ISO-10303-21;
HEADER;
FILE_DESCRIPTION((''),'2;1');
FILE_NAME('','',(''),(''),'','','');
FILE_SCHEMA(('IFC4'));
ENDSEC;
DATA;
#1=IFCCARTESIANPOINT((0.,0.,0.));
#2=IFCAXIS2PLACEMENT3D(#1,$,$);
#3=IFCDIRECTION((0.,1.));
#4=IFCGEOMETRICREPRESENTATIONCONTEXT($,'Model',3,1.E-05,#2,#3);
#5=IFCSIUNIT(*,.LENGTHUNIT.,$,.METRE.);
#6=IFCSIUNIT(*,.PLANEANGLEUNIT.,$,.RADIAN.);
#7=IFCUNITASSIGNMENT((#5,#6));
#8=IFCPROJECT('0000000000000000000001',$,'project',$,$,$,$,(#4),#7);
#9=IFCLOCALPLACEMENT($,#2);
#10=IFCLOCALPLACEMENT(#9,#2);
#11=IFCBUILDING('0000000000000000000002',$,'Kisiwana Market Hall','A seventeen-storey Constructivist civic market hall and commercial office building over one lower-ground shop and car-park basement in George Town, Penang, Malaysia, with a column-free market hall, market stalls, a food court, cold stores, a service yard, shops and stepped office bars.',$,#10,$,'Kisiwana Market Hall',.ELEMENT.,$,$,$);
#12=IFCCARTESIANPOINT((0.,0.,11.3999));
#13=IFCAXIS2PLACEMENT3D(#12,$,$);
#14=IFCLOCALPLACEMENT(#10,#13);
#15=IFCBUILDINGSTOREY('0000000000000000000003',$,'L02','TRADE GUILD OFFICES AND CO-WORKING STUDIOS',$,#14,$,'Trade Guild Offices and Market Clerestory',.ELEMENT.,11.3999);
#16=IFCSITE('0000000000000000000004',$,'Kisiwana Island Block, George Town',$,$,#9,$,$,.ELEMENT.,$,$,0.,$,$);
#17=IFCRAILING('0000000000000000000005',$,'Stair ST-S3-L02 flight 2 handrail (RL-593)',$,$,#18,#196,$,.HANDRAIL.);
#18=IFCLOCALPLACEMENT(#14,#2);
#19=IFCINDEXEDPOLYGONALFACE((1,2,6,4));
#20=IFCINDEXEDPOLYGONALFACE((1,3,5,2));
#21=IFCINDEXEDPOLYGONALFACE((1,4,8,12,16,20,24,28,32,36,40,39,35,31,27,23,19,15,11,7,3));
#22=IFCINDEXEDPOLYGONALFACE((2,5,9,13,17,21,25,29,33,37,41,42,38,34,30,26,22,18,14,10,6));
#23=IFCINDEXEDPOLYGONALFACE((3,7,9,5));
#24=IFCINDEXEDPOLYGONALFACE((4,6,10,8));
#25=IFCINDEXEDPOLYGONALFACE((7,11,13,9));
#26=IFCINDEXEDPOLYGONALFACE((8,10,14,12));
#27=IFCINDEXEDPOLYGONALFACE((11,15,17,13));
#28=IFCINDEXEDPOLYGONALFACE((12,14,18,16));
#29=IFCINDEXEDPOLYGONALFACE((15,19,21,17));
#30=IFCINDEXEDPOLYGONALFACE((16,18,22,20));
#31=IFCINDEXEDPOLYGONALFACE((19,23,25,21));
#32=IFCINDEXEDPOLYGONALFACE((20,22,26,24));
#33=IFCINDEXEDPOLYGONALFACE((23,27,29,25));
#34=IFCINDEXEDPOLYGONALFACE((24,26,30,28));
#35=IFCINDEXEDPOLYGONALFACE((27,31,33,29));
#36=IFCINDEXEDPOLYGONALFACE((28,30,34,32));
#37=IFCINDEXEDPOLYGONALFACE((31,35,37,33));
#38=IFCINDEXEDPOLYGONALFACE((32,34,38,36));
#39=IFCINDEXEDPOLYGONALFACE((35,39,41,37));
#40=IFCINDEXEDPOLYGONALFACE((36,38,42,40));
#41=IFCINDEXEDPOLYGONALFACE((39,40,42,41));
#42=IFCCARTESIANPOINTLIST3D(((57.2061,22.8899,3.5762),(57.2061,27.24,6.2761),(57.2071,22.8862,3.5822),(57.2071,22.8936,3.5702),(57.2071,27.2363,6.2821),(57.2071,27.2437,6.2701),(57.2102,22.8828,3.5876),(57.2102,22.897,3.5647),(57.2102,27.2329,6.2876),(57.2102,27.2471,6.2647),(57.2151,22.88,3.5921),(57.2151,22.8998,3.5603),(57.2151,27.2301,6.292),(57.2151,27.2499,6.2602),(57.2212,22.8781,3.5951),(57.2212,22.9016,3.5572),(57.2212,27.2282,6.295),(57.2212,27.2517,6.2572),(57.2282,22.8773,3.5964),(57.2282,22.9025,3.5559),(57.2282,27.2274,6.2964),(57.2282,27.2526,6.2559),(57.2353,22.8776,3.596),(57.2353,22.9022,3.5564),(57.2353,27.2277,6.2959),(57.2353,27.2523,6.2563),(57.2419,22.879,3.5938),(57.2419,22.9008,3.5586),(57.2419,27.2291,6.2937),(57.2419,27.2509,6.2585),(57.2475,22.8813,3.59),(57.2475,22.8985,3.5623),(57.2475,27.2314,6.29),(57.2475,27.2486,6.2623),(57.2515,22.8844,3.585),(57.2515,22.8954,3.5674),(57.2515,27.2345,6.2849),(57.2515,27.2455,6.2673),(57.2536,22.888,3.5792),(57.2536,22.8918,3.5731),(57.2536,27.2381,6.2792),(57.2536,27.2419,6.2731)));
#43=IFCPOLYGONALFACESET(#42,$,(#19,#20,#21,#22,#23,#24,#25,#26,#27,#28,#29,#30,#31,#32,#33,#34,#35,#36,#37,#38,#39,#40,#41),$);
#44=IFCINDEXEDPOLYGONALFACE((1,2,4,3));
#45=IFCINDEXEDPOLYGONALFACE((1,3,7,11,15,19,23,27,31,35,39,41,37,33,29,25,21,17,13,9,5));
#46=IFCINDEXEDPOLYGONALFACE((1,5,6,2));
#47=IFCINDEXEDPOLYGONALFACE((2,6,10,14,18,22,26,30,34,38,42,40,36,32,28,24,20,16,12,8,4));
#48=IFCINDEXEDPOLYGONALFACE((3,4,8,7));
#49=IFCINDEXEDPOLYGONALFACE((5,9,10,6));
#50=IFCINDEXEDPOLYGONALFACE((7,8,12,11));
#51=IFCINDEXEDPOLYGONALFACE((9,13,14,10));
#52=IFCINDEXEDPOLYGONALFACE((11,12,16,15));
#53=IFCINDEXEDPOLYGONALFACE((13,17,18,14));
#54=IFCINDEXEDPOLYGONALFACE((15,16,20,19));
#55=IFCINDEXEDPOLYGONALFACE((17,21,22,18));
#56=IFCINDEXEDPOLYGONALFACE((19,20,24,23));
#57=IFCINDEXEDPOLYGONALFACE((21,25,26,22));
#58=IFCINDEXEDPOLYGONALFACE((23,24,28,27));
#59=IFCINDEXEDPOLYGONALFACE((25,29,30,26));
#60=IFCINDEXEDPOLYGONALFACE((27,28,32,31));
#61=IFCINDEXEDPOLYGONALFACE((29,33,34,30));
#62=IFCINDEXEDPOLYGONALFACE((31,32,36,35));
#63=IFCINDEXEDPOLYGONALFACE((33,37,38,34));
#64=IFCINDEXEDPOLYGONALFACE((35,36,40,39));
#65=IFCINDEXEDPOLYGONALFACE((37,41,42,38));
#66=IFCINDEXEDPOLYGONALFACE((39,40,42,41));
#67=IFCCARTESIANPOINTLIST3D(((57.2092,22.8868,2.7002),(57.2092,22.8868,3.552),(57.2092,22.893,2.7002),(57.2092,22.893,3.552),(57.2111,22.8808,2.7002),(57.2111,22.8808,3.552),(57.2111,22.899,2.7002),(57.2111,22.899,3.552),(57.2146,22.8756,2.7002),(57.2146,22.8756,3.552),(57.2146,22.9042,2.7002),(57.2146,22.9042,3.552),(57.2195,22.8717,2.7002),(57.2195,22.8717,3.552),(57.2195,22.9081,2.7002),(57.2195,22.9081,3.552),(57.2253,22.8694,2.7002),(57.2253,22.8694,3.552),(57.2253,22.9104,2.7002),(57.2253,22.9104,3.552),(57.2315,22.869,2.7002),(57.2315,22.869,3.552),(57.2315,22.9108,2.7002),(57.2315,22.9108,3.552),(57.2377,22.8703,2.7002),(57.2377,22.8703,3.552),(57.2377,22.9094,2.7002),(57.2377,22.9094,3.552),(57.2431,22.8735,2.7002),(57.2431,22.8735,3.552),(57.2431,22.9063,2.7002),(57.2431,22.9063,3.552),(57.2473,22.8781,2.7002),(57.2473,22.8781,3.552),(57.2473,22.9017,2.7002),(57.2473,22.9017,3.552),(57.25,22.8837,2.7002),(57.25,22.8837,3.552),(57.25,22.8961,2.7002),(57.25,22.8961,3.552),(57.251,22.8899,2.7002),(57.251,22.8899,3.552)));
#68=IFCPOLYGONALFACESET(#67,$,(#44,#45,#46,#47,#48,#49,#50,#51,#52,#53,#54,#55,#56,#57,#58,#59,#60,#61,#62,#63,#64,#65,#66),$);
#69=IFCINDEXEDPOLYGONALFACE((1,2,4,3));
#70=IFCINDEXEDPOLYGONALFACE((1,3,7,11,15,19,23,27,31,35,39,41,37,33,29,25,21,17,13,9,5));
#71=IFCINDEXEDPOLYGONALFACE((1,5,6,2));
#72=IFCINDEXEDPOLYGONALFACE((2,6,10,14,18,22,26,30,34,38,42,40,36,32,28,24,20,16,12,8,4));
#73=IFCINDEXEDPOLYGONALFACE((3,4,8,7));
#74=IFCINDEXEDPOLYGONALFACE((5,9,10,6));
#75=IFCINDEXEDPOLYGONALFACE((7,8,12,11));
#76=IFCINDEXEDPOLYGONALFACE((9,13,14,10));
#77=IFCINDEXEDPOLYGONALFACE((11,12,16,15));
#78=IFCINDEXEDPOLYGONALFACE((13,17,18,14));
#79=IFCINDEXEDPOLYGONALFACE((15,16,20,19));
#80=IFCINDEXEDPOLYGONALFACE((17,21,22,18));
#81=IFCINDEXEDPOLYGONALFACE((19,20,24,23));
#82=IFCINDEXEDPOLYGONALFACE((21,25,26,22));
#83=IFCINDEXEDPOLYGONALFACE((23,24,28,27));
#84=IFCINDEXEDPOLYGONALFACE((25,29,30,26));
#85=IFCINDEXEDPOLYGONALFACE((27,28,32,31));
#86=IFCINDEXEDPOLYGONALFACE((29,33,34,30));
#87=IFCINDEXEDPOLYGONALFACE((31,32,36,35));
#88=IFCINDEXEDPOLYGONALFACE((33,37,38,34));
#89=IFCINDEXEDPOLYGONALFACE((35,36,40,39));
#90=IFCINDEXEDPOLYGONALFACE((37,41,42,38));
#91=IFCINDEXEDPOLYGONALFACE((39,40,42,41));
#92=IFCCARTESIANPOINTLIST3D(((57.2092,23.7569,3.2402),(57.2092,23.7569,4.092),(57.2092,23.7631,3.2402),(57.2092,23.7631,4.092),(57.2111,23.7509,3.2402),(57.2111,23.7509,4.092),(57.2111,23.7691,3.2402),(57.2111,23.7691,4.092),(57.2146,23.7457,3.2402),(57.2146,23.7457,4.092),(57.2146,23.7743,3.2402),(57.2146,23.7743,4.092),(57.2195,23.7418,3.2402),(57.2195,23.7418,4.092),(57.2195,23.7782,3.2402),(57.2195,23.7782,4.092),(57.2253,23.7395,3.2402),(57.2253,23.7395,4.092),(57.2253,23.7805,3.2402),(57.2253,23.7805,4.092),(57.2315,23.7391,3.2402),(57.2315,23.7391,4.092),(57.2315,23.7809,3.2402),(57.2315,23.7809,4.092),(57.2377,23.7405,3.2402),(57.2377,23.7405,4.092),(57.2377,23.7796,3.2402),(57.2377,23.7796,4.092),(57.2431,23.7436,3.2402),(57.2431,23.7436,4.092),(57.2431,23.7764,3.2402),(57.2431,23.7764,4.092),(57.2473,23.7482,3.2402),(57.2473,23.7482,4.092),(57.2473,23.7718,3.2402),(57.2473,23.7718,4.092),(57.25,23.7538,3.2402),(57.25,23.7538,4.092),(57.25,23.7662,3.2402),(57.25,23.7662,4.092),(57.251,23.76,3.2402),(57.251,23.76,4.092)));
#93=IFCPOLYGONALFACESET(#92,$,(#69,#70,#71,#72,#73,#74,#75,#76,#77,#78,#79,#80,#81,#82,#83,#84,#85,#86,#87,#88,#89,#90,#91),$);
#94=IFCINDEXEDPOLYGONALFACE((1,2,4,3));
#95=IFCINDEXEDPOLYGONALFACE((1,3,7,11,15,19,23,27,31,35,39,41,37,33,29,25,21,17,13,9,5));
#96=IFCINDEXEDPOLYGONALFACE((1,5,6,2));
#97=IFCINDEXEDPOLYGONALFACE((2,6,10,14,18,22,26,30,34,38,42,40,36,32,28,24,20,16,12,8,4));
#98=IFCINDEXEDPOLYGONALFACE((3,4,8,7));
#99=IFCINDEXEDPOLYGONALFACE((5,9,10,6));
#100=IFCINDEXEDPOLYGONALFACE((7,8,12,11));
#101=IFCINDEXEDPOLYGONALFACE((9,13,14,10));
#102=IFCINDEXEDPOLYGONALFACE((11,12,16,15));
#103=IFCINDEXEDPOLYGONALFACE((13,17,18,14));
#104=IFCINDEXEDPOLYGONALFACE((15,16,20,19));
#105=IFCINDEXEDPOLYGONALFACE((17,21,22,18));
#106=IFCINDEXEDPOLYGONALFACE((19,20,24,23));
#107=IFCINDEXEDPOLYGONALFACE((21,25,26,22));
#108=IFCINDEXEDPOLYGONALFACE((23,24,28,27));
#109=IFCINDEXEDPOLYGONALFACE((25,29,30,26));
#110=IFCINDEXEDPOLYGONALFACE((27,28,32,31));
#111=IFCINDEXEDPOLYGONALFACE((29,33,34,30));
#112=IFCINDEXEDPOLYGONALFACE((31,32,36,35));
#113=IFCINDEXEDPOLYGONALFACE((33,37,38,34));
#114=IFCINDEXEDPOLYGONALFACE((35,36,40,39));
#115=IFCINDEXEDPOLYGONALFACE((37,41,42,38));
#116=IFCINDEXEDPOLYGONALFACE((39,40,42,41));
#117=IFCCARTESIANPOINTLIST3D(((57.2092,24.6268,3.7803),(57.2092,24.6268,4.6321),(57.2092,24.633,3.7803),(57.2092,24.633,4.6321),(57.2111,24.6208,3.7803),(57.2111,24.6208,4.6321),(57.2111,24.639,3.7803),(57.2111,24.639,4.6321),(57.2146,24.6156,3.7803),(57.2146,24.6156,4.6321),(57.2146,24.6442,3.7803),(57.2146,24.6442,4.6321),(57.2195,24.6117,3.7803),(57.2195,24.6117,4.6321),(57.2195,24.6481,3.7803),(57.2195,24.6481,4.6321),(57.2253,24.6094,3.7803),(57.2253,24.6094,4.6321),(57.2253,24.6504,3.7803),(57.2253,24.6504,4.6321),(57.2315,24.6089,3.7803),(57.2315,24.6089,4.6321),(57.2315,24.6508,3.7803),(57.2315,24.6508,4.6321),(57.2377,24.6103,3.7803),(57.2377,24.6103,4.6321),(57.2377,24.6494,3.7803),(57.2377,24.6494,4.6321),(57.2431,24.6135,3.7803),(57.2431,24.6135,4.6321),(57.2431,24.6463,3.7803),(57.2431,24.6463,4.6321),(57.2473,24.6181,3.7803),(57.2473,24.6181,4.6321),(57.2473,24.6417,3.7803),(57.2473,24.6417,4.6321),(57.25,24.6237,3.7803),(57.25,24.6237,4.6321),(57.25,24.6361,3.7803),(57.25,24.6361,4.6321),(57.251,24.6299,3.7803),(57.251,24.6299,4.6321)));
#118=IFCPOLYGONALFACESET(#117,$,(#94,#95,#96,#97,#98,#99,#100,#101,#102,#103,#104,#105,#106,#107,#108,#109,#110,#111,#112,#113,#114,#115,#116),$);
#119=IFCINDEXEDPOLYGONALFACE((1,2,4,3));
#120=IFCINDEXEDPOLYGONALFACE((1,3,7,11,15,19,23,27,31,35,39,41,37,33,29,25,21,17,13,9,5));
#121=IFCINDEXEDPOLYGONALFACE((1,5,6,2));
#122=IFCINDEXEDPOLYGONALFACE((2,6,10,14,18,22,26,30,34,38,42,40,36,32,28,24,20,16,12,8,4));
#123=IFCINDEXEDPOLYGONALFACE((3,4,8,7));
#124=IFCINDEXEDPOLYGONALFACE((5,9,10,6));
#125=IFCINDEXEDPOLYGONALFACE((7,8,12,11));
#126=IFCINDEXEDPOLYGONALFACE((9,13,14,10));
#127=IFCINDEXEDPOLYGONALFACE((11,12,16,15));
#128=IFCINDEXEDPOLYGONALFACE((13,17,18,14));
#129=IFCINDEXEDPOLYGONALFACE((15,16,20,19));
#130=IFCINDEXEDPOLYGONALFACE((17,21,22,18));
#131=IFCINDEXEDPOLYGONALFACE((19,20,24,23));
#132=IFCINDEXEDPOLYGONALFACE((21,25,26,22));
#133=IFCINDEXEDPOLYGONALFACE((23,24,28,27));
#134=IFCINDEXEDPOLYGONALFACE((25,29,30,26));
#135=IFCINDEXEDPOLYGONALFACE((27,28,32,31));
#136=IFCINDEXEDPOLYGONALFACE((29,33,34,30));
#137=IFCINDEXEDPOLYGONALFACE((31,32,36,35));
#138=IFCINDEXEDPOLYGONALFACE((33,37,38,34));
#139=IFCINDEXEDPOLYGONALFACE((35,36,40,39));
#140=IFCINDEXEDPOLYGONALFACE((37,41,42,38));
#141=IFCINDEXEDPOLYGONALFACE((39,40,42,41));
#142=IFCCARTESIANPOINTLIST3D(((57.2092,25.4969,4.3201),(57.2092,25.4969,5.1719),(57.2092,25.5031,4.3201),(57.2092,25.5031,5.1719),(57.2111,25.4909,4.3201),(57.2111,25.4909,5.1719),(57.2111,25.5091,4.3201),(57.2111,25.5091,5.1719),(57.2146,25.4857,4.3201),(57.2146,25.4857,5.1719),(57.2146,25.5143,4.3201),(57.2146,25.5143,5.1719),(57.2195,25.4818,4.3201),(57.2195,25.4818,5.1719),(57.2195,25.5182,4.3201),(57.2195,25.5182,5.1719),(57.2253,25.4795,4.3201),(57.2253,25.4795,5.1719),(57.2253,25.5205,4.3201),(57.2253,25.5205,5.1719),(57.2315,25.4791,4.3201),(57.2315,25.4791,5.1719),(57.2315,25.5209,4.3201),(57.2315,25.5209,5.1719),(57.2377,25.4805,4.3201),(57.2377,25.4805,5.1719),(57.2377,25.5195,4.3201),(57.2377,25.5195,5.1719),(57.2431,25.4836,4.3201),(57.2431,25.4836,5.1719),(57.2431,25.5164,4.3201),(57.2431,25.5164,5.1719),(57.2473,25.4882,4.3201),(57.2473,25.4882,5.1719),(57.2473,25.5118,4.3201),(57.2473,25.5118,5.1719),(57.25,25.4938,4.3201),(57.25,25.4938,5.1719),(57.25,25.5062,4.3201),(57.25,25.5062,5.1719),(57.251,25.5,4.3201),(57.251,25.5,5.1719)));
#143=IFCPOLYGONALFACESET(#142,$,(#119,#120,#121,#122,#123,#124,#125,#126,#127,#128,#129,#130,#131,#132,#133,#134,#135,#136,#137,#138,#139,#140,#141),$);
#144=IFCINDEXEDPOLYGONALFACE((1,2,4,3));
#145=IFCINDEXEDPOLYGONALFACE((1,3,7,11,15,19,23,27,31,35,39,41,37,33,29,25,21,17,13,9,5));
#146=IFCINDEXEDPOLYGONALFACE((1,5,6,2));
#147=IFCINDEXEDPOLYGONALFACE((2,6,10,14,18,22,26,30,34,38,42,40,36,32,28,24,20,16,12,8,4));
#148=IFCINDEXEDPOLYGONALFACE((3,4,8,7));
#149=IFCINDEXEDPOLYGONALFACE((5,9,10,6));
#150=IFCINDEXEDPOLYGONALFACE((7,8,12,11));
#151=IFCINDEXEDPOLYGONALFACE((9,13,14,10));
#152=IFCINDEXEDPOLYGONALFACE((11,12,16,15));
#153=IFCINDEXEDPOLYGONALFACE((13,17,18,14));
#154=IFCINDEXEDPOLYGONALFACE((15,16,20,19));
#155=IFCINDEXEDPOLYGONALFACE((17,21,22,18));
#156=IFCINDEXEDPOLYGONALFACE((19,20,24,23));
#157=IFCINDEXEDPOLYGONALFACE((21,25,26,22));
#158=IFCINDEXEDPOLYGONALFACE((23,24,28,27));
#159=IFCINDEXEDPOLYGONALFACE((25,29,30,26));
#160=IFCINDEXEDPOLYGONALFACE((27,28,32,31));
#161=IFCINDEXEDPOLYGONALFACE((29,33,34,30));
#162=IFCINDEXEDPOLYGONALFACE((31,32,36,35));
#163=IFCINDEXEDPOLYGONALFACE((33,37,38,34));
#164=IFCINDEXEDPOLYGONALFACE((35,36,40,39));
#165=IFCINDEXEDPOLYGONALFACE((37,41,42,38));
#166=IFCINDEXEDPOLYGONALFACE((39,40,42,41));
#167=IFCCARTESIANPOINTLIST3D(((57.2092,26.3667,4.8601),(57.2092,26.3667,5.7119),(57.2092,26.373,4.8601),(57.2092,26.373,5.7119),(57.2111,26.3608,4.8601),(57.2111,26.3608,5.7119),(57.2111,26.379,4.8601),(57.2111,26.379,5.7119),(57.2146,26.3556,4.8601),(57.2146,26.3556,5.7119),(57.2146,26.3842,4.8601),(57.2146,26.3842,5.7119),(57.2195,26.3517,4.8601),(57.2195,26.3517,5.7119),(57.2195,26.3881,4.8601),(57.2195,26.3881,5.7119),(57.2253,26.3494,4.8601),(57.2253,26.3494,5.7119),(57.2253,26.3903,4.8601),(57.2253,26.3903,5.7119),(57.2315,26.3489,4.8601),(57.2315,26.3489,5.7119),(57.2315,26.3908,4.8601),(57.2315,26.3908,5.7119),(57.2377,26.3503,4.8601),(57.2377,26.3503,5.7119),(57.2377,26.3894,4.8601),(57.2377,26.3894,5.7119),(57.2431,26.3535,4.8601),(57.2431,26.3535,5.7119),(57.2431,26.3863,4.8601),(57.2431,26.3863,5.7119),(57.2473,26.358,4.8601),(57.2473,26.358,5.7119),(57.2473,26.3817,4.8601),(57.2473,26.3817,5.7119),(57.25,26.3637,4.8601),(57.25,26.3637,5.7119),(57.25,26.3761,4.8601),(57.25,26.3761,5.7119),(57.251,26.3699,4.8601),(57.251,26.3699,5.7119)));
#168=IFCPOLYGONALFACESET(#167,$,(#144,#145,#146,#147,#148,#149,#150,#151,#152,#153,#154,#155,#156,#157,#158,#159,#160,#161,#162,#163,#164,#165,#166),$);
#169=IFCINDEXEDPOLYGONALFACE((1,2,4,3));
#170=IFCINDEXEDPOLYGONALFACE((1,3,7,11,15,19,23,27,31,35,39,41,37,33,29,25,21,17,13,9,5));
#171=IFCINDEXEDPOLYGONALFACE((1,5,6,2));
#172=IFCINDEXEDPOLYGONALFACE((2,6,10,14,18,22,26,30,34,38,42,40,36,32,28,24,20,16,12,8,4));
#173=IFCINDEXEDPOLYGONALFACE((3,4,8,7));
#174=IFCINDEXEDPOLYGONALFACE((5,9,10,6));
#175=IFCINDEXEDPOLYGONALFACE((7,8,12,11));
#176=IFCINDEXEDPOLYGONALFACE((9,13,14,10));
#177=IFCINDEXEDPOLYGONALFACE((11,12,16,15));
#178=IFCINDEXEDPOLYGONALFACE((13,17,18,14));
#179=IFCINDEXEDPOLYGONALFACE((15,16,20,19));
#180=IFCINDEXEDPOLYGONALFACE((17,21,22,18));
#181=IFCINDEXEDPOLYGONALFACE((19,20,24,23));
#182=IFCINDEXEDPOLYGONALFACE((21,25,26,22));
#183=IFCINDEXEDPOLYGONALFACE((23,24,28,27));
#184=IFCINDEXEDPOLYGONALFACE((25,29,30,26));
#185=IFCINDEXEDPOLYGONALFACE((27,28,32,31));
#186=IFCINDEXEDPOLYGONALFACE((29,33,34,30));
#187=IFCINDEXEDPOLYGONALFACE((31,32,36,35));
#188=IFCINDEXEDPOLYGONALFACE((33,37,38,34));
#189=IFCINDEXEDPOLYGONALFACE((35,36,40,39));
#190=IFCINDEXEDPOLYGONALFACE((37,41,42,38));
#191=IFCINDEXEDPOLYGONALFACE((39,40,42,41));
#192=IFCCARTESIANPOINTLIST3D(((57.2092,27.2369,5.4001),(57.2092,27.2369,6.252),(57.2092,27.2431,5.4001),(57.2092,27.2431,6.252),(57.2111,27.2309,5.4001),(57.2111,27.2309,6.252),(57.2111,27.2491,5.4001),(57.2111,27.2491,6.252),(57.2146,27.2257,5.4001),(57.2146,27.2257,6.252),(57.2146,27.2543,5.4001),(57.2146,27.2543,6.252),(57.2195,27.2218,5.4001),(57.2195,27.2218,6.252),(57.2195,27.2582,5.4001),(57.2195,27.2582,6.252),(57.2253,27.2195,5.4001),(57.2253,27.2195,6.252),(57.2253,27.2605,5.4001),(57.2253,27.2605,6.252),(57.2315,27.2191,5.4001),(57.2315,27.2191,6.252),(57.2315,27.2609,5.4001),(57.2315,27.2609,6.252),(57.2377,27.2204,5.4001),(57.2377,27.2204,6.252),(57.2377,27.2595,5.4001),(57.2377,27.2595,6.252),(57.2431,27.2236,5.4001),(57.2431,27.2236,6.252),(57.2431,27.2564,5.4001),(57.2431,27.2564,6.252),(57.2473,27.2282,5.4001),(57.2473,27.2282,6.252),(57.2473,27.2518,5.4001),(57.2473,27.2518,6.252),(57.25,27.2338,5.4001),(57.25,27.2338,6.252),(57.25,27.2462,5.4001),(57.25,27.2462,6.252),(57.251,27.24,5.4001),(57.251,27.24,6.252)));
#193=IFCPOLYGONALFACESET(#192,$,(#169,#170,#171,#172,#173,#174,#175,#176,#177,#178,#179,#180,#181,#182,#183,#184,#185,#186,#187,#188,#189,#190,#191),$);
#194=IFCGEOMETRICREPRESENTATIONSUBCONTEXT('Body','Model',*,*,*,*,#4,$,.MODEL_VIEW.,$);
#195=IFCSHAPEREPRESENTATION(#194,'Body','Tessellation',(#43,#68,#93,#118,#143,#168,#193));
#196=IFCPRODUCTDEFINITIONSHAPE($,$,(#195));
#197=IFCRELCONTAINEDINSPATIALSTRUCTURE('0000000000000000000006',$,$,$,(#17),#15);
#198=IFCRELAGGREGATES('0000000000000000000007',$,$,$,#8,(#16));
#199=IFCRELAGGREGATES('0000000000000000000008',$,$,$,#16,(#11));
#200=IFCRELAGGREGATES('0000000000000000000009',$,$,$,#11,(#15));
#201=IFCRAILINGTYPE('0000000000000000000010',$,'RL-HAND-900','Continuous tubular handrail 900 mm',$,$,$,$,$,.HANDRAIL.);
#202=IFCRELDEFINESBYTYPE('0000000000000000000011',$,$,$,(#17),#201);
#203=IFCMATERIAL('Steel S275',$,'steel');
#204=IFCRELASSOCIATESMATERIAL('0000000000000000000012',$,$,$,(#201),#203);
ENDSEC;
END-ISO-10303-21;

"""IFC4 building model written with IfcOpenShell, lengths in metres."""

from ifc_helpers import new_model, si_unit, direction, frame, origin, origin_2d, place, context, subcontext, project, spatial, circle, extrude, material, type_object, element, save


model = new_model("IFC4")

# Units and contexts
model_context = context("Model", 3, precision=1e-05, world=origin(), true_north=direction((0.0, 1.0)))
body_context = subcontext(model_context, "Body", "Model", "MODEL_VIEW")
ifc_project = project(units=[si_unit("LENGTHUNIT", "METRE"), si_unit("PLANEANGLEUNIT", "RADIAN")], contexts=[model_context])

# Site, building, storey
site_placement = place(None, origin())
site = spatial("IfcSite", under=ifc_project, at=site_placement, Name="Kisiwana Island Block, George Town", CompositionType="ELEMENT", RefElevation=0.0)
building_placement = place(site_placement, origin())
building = spatial("IfcBuilding", under=site, at=building_placement, Name="Kisiwana Market Hall", Description="A seventeen-storey Constructivist civic market hall and commercial office building over one lower-ground shop and car-park basement in George Town, Penang, Malaysia, with a column-free market hall, market stalls, a food court, cold stores, a service yard, shops and stepped office bars.", LongName="Kisiwana Market Hall", CompositionType="ELEMENT")
storey_placement = place(building_placement, frame((0.0, 0.0, 11.3999)))
storey = spatial("IfcBuildingStorey", under=building, at=storey_placement, Name="L02", Description="TRADE GUILD OFFICES AND CO-WORKING STUDIOS", LongName="Trade Guild Offices and Market Clerestory", CompositionType="ELEMENT", Elevation=11.3999)

# Railing
ifc_material_1 = material(Name="Steel S275", Category="steel")
railing_type_1 = type_object("IfcRailingType", Name="RL-HAND-900", Description="Continuous tubular handrail 900 mm", PredefinedType="HANDRAIL", material=ifc_material_1)
railing_1_placement = place(storey_placement, frame((57.23, 22.8899, 2.7002)))
element("IfcRailing", 1, at=railing_1_placement, inside=storey, type_object=railing_type_1, Name="Stair ST-S3-L02 flight 2 handrail (RL-593)", PredefinedType="HANDRAIL", context=body_context, shape_type="SweptSolid", body=[
    extrude(circle(Radius=0.0239, at=origin_2d()), frame((0.0, 0.0, 0.876), z_axis=(0.0, 0.84965, 0.527347), x_axis=(-1.0, 0.0, 0.0)), (0.0, 0.0, 1.0), 5.1199),
    extrude(circle(Radius=0.021, at=origin_2d()), origin(), (0.0, 0.0, 1.0), 0.8518),
    extrude(circle(Radius=0.021, at=origin_2d()), frame((0.0, 0.8701, 0.54)), (0.0, 0.0, 1.0), 0.8518),
    extrude(circle(Radius=0.021, at=origin_2d()), frame((0.0, 1.74, 1.0801)), (0.0, 0.0, 1.0), 0.8518),
    extrude(circle(Radius=0.021, at=origin_2d()), frame((0.0, 2.6101, 1.6199)), (0.0, 0.0, 1.0), 0.8518),
    extrude(circle(Radius=0.021, at=origin_2d()), frame((0.0, 3.48, 2.1599)), (0.0, 0.0, 1.0), 0.8518),
    extrude(circle(Radius=0.021, at=origin_2d()), frame((0.0, 4.3501, 2.7)), (0.0, 0.0, 1.0), 0.8518),
])

save(model, "model.ifc")
